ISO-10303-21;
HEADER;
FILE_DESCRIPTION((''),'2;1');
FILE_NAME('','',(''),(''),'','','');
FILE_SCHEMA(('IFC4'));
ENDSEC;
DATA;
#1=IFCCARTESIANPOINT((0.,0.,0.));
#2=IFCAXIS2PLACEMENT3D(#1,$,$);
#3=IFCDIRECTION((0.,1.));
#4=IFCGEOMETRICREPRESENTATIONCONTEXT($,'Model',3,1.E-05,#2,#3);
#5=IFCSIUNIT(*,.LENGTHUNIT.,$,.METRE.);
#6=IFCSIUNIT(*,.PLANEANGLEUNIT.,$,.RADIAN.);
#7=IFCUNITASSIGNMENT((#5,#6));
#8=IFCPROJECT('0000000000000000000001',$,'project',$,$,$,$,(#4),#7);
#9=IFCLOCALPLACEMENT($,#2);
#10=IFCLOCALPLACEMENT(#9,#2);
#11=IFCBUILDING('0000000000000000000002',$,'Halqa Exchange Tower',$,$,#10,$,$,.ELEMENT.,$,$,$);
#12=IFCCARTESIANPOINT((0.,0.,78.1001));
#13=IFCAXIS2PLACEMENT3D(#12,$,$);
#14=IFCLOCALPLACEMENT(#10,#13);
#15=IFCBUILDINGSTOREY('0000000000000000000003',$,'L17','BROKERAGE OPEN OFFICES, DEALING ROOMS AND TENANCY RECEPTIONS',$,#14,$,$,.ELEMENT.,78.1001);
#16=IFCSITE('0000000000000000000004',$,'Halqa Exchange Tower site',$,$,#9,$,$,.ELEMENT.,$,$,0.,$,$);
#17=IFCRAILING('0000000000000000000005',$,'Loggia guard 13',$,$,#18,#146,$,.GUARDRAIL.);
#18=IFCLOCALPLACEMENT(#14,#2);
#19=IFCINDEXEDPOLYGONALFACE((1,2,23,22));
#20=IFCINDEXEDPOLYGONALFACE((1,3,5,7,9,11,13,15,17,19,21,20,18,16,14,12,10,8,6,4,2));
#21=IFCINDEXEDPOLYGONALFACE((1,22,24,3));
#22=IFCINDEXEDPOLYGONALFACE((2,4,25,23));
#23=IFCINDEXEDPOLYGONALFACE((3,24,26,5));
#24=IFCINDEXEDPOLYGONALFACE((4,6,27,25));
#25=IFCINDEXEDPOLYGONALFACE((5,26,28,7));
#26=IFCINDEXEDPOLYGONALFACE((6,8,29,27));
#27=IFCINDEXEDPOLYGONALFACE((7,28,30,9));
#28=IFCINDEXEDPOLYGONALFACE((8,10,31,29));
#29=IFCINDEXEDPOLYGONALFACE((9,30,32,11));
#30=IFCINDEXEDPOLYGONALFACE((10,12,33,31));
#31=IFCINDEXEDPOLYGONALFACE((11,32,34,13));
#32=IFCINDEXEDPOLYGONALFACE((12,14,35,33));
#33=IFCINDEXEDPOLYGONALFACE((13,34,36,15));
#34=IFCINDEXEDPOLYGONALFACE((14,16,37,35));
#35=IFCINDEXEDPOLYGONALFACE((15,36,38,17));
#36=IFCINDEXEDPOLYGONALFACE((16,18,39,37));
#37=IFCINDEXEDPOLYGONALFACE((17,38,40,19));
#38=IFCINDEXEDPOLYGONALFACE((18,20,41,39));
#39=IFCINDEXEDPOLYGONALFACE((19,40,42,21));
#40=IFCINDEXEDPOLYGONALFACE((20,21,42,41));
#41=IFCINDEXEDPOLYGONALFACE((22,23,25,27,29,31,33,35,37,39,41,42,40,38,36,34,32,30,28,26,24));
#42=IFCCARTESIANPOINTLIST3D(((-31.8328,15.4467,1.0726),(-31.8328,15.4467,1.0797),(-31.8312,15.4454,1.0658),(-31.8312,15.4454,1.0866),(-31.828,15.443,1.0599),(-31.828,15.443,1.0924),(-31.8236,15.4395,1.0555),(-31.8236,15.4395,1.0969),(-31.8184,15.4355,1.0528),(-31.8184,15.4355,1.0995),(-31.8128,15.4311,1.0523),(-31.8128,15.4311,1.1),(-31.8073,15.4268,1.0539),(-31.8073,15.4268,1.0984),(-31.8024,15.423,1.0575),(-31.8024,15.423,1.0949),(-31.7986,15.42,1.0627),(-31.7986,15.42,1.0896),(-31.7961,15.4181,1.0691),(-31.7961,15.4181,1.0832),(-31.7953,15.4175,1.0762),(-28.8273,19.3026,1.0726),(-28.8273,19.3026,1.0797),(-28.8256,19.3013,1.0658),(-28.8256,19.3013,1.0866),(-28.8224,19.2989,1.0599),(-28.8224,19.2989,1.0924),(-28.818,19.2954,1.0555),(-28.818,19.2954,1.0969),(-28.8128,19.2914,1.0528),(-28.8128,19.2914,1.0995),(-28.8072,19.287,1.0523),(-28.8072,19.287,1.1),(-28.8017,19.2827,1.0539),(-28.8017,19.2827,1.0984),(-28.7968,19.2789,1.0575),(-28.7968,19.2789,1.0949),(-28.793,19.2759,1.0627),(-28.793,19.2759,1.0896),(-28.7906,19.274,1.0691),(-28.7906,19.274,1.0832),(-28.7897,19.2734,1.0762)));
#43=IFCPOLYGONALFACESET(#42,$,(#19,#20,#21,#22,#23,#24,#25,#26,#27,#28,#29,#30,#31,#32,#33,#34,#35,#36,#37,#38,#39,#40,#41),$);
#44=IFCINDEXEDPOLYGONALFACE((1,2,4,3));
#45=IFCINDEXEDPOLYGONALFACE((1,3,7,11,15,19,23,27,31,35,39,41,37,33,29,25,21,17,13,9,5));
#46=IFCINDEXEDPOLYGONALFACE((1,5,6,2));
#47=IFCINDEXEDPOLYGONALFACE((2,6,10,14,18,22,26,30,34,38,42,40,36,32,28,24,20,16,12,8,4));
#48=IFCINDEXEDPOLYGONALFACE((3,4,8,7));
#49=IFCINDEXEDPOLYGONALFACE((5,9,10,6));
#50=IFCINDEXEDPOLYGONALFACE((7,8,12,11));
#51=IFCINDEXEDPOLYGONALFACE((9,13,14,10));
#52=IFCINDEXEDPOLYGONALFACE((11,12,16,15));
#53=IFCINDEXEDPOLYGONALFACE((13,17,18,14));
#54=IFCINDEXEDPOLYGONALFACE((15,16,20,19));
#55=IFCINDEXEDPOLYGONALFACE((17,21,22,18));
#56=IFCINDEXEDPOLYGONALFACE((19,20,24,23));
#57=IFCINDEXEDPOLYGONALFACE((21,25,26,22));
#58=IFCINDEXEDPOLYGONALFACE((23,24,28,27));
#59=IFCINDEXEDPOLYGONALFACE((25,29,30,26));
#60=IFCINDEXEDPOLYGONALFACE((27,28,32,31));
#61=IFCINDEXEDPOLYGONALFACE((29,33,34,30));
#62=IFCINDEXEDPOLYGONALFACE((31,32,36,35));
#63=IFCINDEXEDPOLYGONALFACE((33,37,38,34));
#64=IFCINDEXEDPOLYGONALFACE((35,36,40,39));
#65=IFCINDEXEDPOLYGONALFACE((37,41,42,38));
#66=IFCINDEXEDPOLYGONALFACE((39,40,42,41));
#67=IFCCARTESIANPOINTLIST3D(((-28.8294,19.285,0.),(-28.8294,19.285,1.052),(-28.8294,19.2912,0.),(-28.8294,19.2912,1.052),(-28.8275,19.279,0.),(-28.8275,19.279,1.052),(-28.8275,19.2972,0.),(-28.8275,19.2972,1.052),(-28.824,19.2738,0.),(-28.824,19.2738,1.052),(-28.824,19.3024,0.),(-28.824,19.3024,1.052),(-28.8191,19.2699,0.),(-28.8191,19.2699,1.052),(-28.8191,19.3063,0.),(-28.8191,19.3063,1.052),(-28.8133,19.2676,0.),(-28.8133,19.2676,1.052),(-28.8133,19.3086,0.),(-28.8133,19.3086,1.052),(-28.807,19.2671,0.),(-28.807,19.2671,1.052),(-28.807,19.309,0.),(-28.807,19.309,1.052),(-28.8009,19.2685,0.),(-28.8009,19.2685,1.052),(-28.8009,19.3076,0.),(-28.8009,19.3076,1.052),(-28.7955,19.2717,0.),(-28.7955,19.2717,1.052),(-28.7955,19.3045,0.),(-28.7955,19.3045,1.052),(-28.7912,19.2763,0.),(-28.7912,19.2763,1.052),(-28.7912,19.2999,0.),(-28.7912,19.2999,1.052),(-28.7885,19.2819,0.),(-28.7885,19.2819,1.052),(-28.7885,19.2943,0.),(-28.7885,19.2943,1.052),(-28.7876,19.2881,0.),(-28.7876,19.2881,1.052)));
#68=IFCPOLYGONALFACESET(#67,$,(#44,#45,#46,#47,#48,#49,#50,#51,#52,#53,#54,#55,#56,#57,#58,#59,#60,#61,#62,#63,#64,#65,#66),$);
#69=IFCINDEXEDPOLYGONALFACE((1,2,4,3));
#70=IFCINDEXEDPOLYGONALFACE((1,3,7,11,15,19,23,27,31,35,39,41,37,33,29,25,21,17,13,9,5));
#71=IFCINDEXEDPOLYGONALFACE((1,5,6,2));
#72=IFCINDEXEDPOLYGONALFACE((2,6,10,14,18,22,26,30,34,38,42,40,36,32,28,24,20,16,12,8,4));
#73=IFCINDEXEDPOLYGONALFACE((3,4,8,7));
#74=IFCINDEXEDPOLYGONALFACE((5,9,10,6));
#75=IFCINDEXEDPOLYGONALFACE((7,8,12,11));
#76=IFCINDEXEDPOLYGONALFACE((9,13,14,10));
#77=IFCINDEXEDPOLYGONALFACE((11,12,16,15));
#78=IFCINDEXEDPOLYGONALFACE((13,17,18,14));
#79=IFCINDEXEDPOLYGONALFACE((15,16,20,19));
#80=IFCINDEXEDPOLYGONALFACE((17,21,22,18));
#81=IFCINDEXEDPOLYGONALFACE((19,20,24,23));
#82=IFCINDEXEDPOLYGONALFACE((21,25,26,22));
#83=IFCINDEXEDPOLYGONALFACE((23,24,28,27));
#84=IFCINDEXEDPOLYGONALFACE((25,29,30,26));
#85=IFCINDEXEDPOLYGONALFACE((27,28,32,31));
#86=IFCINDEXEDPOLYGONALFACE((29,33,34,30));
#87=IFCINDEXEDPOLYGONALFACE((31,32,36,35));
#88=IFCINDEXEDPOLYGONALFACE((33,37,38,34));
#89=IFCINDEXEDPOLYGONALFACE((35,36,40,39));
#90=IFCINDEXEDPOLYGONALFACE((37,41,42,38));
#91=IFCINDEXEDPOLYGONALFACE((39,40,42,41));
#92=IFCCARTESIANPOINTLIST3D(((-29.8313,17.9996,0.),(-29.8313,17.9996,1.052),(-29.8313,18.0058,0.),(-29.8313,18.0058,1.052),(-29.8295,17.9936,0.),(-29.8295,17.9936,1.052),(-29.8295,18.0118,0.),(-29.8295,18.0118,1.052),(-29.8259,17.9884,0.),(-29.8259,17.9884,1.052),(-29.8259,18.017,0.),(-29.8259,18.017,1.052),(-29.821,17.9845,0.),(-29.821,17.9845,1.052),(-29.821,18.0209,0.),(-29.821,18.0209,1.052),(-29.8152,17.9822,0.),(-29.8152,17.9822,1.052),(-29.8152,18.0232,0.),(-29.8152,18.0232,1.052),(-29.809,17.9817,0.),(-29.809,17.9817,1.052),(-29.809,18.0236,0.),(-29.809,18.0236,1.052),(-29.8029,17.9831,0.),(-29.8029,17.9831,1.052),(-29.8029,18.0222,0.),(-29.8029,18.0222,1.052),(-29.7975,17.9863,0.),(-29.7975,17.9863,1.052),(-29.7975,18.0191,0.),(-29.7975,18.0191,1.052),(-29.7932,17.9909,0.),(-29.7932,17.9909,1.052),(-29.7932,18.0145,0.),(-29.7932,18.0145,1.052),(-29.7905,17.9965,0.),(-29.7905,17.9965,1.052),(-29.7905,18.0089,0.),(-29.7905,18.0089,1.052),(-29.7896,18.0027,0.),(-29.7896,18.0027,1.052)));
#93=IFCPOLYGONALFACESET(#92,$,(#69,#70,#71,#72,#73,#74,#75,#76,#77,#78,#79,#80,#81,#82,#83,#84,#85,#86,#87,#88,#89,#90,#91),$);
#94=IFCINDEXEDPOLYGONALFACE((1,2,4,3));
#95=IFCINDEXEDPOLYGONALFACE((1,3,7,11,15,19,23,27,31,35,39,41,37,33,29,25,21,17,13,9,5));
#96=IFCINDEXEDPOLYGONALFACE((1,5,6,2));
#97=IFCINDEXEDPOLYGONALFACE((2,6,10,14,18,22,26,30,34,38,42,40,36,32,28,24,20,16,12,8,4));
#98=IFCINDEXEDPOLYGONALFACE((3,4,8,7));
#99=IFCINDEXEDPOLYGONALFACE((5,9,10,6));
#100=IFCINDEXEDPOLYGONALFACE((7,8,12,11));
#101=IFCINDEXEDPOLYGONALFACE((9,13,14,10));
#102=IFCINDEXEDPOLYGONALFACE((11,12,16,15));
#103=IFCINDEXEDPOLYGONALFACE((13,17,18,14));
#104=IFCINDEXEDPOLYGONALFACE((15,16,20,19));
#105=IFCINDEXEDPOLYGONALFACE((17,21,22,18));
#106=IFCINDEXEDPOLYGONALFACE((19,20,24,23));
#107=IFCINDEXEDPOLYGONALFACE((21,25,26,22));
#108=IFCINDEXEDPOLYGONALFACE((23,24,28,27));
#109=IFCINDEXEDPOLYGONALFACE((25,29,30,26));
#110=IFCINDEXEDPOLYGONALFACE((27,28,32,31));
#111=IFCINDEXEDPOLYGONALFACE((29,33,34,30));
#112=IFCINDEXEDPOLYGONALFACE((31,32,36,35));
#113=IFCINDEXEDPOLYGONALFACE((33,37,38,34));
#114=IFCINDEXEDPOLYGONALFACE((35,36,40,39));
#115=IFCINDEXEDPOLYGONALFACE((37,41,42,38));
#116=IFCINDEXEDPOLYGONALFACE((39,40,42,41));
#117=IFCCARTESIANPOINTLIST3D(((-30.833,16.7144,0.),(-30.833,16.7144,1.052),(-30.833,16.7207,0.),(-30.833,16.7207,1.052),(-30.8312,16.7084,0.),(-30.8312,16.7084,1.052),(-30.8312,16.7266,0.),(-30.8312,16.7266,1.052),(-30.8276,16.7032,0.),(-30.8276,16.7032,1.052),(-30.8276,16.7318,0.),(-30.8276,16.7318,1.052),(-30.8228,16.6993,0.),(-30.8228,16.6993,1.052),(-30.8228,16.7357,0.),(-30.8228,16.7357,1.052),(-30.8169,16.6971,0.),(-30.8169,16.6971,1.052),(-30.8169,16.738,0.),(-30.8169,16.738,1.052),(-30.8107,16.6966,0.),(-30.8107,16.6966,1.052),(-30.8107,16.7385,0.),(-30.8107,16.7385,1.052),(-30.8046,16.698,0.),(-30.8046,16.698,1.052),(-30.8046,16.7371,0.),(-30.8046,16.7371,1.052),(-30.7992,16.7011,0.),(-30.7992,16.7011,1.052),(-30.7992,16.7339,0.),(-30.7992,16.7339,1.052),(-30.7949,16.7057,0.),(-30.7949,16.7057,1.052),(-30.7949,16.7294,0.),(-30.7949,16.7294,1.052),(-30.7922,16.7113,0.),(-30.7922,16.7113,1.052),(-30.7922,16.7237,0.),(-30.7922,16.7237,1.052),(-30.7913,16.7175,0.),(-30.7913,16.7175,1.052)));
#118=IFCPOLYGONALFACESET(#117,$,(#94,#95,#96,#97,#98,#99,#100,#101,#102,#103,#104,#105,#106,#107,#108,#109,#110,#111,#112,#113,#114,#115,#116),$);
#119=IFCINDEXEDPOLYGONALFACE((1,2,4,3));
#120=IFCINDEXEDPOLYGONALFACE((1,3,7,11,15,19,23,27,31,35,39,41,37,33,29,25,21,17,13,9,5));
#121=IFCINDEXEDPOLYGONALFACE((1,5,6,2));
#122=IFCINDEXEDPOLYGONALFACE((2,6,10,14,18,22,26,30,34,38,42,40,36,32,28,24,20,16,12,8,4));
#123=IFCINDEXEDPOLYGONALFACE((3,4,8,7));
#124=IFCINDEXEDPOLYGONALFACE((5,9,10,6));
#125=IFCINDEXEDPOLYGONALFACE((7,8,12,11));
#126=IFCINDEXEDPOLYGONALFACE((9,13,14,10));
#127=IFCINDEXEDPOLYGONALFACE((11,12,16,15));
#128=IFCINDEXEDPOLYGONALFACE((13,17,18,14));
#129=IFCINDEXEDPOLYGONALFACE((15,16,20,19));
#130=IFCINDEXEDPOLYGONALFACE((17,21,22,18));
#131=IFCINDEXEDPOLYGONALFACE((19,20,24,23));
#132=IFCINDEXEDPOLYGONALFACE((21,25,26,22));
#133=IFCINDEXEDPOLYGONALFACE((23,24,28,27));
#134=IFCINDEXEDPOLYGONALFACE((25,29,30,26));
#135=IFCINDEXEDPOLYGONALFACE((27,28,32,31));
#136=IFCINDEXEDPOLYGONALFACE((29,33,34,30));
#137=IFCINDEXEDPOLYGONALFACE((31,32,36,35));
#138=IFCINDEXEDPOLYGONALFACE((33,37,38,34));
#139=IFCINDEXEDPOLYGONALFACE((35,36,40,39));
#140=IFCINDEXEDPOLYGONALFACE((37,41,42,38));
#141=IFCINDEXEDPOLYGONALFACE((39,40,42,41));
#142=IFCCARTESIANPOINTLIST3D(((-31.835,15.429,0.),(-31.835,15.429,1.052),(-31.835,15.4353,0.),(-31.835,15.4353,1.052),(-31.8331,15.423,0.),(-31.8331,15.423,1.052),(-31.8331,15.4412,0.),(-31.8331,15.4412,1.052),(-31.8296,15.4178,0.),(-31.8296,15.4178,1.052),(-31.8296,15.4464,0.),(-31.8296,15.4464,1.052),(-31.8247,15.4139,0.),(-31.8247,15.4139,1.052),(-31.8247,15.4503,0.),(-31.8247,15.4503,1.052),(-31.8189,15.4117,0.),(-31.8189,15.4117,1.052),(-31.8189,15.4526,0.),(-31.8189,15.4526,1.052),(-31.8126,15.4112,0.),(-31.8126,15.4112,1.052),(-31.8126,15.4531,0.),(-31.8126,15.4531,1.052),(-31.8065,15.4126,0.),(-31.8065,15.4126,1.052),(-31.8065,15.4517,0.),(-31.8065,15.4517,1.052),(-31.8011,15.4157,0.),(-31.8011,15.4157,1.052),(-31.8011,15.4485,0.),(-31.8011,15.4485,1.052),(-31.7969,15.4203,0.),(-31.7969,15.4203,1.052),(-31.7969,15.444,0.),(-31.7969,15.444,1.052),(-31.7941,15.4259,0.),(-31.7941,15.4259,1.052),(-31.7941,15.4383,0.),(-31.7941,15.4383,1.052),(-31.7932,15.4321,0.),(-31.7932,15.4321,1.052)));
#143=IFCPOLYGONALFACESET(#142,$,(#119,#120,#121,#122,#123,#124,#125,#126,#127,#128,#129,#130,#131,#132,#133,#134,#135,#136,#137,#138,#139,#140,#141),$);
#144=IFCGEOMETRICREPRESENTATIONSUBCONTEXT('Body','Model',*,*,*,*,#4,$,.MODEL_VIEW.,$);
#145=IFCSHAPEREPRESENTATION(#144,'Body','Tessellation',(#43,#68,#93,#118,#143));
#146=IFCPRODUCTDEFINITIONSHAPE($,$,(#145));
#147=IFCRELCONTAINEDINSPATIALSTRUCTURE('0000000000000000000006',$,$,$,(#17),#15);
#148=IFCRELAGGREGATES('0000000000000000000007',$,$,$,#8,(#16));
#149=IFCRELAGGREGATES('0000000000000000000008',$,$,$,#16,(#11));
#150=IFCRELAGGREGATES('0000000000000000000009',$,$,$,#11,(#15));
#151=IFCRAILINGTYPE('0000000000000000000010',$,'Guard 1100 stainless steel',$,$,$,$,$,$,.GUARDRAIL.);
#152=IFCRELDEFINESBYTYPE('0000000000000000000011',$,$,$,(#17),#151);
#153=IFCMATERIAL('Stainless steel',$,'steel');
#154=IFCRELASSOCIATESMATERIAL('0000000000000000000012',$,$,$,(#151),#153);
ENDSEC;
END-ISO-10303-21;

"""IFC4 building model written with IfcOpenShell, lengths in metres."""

from ifc_helpers import new_model, si_unit, direction, frame, origin, origin_2d, place, context, subcontext, project, spatial, circle, extrude, material, type_object, element, save


model = new_model("IFC4")

# Units and contexts
model_context = context("Model", 3, precision=1e-05, world=origin(), true_north=direction((0.0, 1.0)))
body_context = subcontext(model_context, "Body", "Model", "MODEL_VIEW")
ifc_project = project(units=[si_unit("LENGTHUNIT", "METRE"), si_unit("PLANEANGLEUNIT", "RADIAN")], contexts=[model_context])

# Site, building, storey
site_placement = place(None, origin())
site = spatial("IfcSite", under=ifc_project, at=site_placement, Name="Halqa Exchange Tower site", CompositionType="ELEMENT", RefElevation=0.0)
building_placement = place(site_placement, origin())
building = spatial("IfcBuilding", under=site, at=building_placement, Name="Halqa Exchange Tower", CompositionType="ELEMENT")
storey_placement = place(building_placement, frame((0.0, 0.0, 78.1001)))
storey = spatial("IfcBuildingStorey", under=building, at=storey_placement, Name="L17", Description="BROKERAGE OPEN OFFICES, DEALING ROOMS AND TENANCY RECEPTIONS", CompositionType="ELEMENT", Elevation=78.1001)

# Railing
ifc_material_1 = material(Name="Stainless steel", Category="steel")
railing_type = type_object("IfcRailingType", Name="Guard 1100 stainless steel", PredefinedType="GUARDRAIL", material=ifc_material_1)
railing_1_placement = place(storey_placement, frame((-28.8086, 19.2881, 0.0)))
element("IfcRailing", 1, at=railing_1_placement, inside=storey, type_object=railing_type, Name="Loggia guard 13", PredefinedType="GUARDRAIL", context=body_context, shape_type="SweptSolid", body=[
    extrude(circle(Radius=0.0239, at=origin_2d()), frame((0.0, 0.0, 1.0762), z_axis=(-0.614773, -0.788704, 0.0), x_axis=(0.788704, -0.614773, 0.0)), (0.0, 0.0, 1.0), 4.8889),
    extrude(circle(Radius=0.021, at=origin_2d()), origin(), (0.0, 0.0, 1.0), 1.052),
    extrude(circle(Radius=0.021, at=origin_2d()), frame((-1.002, -1.2854, 0.0)), (0.0, 0.0, 1.0), 1.052),
    extrude(circle(Radius=0.021, at=origin_2d()), frame((-2.0037, -2.5706, 0.0)), (0.0, 0.0, 1.0), 1.052),
    extrude(circle(Radius=0.021, at=origin_2d()), frame((-3.0056, -3.856, 0.0)), (0.0, 0.0, 1.0), 1.052),
])

save(model, "model.ifc")
